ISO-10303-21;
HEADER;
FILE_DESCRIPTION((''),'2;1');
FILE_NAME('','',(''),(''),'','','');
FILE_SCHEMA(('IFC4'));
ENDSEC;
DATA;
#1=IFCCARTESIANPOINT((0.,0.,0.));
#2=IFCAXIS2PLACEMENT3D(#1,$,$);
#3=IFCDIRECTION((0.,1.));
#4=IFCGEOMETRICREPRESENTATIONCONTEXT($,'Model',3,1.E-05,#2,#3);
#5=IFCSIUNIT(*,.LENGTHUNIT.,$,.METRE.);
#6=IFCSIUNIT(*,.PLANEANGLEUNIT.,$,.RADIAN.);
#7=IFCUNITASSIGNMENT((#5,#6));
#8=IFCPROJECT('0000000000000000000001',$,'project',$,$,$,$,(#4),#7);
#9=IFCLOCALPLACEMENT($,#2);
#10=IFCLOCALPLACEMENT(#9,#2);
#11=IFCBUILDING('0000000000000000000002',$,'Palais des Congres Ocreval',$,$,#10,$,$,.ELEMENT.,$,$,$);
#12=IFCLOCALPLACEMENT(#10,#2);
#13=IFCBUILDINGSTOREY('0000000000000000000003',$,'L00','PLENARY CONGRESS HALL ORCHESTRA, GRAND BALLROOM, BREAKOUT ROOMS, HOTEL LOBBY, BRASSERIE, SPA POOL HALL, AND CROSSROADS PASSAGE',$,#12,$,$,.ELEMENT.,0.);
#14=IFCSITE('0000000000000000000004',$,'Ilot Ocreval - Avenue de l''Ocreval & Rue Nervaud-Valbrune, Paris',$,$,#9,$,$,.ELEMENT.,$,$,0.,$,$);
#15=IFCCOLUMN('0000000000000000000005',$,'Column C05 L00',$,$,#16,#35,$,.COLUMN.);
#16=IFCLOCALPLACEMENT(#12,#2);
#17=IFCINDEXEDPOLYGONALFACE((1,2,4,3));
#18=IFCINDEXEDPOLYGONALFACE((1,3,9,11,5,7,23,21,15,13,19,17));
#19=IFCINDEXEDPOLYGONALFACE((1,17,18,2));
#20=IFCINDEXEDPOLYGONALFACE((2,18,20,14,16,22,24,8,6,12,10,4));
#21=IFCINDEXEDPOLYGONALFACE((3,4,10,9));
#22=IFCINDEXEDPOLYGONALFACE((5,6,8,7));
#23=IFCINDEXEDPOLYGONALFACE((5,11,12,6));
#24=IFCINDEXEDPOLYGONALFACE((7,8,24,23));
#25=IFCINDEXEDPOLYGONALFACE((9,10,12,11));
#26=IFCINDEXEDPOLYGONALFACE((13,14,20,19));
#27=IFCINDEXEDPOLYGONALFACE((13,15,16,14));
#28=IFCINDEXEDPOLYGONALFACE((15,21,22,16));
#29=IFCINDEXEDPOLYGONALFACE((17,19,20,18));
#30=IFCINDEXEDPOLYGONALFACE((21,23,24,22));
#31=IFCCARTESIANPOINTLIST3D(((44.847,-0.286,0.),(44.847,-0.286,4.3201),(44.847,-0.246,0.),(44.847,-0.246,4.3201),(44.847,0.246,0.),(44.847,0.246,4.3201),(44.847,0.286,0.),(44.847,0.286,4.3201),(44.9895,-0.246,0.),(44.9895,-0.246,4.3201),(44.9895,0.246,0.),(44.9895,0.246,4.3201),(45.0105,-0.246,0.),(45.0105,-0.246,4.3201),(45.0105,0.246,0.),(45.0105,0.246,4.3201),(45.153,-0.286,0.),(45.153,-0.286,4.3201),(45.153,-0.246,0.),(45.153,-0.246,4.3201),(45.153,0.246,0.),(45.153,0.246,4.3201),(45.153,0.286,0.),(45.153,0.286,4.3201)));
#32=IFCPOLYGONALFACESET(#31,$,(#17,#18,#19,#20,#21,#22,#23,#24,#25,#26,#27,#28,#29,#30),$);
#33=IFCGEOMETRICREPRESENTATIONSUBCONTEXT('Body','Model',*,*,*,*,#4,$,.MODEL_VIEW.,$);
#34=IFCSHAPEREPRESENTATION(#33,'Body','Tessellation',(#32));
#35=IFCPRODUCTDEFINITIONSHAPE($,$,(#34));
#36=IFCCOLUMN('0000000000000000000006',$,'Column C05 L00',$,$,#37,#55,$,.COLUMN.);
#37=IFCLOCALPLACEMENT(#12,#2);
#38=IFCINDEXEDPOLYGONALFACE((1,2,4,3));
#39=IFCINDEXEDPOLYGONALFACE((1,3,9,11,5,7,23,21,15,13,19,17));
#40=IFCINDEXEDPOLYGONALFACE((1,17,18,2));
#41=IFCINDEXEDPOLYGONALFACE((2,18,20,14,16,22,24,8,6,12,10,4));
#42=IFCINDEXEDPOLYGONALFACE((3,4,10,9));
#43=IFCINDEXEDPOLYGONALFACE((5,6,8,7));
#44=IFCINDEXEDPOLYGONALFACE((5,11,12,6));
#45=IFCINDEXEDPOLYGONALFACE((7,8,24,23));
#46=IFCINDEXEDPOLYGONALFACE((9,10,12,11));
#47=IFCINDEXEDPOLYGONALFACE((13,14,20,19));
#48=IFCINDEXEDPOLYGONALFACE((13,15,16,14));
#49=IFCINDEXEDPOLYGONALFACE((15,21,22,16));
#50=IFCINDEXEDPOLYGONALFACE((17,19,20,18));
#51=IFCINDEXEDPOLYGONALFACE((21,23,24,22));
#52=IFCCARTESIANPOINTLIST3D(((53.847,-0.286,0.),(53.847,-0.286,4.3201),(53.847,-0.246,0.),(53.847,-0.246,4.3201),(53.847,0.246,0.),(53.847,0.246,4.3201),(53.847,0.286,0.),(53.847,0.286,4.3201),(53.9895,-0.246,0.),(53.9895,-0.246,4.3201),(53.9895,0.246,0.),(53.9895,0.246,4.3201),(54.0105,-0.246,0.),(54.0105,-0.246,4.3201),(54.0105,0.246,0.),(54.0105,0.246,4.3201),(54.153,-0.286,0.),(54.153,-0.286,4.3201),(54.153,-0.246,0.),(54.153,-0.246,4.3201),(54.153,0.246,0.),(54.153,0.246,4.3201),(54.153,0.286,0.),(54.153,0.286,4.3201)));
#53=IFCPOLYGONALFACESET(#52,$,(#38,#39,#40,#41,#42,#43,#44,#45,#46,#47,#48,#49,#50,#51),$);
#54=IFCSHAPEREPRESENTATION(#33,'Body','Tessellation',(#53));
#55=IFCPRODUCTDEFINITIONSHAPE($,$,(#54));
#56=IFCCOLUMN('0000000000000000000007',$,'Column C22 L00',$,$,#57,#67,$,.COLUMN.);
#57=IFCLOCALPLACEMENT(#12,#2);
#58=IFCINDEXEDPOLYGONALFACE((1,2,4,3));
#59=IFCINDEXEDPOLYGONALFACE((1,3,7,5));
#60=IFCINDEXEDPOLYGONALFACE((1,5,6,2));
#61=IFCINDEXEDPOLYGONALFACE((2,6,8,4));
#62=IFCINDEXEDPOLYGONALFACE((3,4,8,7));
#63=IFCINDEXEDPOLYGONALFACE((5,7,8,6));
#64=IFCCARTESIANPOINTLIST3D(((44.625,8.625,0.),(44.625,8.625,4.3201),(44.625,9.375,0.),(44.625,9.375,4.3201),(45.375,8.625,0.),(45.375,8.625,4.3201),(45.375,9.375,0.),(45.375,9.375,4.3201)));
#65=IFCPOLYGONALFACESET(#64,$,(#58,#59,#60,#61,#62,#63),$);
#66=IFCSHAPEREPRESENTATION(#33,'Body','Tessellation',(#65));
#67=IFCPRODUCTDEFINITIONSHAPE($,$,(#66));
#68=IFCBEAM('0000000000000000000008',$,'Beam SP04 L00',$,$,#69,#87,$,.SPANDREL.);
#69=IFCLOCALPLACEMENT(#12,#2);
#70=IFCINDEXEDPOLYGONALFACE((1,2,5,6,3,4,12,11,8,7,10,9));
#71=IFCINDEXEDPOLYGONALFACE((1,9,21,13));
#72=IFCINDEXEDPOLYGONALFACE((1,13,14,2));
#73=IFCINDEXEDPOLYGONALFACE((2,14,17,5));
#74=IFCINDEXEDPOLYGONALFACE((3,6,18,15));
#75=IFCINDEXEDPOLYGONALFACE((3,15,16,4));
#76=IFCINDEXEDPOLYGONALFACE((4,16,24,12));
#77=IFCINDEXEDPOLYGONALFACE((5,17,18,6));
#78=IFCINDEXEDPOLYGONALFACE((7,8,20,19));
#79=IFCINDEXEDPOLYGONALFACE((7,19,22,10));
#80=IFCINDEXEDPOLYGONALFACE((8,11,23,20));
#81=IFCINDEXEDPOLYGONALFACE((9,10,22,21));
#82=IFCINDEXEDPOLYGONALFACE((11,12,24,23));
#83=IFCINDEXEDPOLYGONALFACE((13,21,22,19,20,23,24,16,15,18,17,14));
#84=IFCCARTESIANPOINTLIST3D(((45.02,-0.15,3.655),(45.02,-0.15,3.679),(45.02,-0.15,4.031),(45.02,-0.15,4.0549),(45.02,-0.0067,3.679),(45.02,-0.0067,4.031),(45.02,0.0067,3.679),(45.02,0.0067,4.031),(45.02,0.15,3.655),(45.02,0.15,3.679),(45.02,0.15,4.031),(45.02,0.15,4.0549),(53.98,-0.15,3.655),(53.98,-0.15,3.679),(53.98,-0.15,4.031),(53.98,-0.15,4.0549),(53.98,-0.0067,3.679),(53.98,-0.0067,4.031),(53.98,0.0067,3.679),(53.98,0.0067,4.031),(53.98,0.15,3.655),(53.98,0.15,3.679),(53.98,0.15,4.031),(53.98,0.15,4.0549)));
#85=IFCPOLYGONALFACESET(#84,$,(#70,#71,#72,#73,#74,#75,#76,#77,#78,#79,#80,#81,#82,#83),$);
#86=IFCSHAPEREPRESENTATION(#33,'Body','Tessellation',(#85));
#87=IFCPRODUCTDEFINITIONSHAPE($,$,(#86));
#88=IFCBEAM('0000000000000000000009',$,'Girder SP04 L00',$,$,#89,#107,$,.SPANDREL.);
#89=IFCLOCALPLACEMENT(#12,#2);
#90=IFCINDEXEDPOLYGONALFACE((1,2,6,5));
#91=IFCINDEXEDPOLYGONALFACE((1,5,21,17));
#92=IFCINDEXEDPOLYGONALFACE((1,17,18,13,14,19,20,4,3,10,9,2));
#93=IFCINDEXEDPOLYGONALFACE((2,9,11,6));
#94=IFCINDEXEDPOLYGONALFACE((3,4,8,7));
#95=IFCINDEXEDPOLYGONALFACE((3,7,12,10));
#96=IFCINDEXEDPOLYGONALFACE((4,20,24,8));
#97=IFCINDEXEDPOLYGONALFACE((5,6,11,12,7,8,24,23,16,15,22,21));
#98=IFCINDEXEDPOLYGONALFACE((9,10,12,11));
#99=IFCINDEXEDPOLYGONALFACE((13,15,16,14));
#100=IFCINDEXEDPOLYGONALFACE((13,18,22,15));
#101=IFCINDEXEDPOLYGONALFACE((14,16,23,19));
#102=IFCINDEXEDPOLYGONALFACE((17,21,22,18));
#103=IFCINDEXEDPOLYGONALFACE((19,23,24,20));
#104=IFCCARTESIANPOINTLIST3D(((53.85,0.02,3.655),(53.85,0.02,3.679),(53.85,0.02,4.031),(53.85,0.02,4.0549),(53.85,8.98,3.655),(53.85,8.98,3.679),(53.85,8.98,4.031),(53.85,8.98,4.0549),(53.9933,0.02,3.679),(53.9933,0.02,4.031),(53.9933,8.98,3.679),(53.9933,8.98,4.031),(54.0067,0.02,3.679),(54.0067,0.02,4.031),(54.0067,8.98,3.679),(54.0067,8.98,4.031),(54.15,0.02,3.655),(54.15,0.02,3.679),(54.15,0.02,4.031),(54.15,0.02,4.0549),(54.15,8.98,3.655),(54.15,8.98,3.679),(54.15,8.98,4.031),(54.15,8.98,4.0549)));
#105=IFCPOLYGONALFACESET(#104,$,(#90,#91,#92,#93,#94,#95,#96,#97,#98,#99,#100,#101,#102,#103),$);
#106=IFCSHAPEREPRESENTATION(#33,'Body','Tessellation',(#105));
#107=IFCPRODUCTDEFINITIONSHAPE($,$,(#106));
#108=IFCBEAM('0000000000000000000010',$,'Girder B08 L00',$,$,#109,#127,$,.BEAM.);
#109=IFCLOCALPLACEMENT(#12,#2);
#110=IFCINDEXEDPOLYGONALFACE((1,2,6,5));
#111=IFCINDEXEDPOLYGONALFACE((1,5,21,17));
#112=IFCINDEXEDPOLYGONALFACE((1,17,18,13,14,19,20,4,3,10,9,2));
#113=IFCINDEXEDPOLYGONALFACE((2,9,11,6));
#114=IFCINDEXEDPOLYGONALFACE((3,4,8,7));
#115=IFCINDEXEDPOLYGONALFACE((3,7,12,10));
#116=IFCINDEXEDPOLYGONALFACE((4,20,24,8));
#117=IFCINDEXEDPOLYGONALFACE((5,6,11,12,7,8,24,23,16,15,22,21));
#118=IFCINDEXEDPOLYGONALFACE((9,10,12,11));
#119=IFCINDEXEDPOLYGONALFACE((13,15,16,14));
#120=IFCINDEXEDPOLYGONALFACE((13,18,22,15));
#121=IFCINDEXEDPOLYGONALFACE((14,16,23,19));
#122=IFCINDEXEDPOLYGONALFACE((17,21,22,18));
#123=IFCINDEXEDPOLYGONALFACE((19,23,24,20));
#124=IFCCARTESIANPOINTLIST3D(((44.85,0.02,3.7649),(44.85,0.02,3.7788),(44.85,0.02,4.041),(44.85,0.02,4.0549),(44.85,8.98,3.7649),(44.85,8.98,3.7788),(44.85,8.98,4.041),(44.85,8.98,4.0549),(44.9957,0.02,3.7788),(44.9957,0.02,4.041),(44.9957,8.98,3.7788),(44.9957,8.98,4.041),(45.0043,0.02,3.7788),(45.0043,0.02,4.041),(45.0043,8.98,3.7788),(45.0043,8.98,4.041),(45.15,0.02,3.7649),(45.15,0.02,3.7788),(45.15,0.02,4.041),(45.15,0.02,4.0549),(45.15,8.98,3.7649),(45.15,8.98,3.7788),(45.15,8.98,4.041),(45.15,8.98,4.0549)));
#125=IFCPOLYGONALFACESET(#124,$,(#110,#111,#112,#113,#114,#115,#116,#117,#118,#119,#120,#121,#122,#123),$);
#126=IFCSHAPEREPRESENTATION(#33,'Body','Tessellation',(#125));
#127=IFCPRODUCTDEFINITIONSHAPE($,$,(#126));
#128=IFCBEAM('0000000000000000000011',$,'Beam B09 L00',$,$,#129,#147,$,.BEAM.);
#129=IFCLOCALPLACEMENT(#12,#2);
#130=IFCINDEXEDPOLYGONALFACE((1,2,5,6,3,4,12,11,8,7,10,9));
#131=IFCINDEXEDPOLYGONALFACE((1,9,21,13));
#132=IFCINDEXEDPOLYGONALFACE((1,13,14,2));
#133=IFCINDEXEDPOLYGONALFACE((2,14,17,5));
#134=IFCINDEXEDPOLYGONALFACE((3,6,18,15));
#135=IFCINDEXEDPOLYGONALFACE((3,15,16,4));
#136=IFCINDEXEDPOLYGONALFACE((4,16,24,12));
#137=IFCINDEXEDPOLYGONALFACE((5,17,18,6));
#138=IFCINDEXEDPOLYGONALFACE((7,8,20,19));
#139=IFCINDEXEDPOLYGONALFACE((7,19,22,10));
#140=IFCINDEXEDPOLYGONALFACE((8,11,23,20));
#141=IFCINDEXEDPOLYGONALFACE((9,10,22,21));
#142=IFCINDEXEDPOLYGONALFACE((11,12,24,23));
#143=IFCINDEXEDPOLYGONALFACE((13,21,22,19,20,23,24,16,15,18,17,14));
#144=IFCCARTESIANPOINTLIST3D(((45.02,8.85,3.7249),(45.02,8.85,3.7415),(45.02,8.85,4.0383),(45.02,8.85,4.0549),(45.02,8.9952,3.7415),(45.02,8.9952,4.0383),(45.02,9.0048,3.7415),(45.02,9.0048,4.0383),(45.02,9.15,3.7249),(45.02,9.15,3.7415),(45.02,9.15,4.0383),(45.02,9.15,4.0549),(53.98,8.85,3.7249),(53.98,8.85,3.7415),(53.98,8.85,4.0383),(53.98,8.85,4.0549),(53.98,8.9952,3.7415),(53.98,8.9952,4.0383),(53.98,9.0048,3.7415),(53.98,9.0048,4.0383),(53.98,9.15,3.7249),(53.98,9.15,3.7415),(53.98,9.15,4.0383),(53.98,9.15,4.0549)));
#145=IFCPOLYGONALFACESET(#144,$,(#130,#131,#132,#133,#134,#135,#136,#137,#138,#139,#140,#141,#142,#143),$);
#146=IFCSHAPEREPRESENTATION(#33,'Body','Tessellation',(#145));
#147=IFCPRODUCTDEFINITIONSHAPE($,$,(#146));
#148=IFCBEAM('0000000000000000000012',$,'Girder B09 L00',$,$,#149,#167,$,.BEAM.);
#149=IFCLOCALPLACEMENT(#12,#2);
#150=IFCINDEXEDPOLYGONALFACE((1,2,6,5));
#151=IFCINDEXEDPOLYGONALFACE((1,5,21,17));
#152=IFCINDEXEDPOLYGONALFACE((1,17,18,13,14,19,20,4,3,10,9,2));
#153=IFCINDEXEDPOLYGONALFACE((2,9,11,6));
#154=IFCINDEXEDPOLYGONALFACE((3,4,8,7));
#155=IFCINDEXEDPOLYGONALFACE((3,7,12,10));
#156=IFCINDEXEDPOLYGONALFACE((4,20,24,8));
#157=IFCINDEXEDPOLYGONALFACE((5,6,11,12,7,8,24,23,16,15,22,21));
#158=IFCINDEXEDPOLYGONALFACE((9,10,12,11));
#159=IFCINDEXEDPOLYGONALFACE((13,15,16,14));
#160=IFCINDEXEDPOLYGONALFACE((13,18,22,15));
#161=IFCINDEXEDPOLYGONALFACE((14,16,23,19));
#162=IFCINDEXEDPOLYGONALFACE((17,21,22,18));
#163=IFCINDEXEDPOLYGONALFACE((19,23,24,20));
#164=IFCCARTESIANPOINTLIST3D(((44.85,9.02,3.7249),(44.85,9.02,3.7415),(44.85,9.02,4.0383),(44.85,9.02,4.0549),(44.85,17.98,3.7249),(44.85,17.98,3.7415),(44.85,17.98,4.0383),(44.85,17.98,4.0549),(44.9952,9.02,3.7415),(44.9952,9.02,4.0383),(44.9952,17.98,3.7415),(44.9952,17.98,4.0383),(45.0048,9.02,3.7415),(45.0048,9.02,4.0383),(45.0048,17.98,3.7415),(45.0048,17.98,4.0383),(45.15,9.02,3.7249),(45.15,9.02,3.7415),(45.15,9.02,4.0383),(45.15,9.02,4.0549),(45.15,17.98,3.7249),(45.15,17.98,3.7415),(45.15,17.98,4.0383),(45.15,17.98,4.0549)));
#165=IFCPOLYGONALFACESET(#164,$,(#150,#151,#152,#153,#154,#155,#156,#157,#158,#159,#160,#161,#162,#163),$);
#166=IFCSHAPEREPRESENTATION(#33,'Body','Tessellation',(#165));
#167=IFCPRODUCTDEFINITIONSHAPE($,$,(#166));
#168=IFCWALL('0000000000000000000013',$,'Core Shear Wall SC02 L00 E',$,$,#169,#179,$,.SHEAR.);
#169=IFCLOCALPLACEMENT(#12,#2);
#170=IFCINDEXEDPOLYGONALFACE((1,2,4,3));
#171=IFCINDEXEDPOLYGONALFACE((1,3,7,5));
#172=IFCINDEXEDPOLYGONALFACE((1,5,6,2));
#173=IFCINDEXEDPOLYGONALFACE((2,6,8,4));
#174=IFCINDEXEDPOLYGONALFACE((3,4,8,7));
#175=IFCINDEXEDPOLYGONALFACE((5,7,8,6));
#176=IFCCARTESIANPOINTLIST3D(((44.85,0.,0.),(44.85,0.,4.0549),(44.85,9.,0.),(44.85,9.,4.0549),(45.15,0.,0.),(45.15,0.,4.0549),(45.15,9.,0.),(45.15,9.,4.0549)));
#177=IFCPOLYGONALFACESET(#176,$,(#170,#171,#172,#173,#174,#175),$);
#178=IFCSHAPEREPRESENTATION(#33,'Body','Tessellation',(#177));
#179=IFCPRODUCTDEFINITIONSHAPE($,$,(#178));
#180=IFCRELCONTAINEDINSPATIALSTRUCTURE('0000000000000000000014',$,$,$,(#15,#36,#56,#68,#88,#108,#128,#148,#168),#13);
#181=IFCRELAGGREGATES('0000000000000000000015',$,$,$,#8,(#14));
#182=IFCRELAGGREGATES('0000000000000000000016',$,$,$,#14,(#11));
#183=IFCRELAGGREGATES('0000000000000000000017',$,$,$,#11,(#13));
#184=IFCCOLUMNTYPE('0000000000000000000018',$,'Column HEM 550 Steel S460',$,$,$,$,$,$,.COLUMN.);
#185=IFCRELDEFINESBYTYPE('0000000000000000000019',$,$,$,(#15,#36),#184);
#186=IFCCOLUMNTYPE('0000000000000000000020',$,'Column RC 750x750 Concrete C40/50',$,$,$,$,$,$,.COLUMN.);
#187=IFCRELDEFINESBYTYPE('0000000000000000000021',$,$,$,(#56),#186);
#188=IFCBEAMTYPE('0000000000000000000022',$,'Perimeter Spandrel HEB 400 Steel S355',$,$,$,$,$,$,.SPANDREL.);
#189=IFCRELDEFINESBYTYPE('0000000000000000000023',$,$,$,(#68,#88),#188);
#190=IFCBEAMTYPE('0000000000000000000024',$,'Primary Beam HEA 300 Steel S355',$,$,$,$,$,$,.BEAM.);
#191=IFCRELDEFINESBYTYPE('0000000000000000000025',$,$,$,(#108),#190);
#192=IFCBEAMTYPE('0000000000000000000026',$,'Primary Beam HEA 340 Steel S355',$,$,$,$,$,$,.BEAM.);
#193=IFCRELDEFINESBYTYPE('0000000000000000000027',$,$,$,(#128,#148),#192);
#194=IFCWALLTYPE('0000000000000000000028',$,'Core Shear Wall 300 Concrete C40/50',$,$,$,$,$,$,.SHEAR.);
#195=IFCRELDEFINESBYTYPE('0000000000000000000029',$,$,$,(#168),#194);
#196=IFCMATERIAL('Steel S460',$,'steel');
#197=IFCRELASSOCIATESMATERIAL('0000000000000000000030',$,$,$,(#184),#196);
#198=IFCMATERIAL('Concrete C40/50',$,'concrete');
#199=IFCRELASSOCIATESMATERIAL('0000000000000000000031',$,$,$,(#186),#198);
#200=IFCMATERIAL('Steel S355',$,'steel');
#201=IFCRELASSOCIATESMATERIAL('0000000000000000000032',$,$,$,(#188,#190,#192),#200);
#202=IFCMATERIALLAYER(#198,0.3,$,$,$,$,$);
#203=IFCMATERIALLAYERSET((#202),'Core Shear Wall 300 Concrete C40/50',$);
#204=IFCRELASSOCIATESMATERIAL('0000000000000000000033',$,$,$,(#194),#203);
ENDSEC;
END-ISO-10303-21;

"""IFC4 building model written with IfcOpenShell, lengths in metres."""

from ifc_helpers import new_model, si_unit, direction, frame, frame_2d, origin, origin_2d, place, context, subcontext, project, spatial, rectangle, i_section, extrude, material, layer, layer_set, material_profile, profile_set, type_object, element, save


model = new_model("IFC4")

# Units and contexts
model_context = context("Model", 3, precision=1e-05, world=origin(), true_north=direction((0.0, 1.0)))
body_context = subcontext(model_context, "Body", "Model", "MODEL_VIEW")
ifc_project = project(units=[si_unit("LENGTHUNIT", "METRE"), si_unit("PLANEANGLEUNIT", "RADIAN")], contexts=[model_context])

# Site, building, storey
site_placement = place(None, origin())
site = spatial("IfcSite", under=ifc_project, at=site_placement, Name="Ilot Ocreval - Avenue de l'Ocreval & Rue Nervaud-Valbrune, Paris", CompositionType="ELEMENT", RefElevation=0.0)
building_placement = place(site_placement, origin())
building = spatial("IfcBuilding", under=site, at=building_placement, Name="Palais des Congres Ocreval", CompositionType="ELEMENT")
storey_placement = place(building_placement, origin())
storey = spatial("IfcBuildingStorey", under=building, at=storey_placement, Name="L00", Description="PLENARY CONGRESS HALL ORCHESTRA, GRAND BALLROOM, BREAKOUT ROOMS, HOTEL LOBBY, BRASSERIE, SPA POOL HALL, AND CROSSROADS PASSAGE", CompositionType="ELEMENT", Elevation=0.0)

# Columns
ifc_material_1 = material(Name="Steel S460", Category="steel")
ifc_material_profile_1 = material_profile(ifc_material_1, i_section(OverallWidth=0.3059, OverallDepth=0.572, WebThickness=0.021, FlangeThickness=0.04, at=origin_2d()), Name="HEM 550")
ifc_profile_set_1 = profile_set([ifc_material_profile_1], Name="Steel S460")
column_type_1 = type_object("IfcColumnType", Name="Column HEM 550 Steel S460", PredefinedType="COLUMN", material=ifc_profile_set_1)
for number, where, z_axis, x_axis, name in (
    (1, (45.0, 0.0, 0.0), (0.0, 0.0, 1.0), (1.0, 0.0, 0.0), "Column C05 L00"),
    (2, (54.0, 0.0, 0.0), (0.0, 0.0, 1.0), (1.0, 0.0, 0.0), "Column C05 L00"),
):
    element("IfcColumn", number, at=place(storey_placement, frame(where, z_axis=z_axis, x_axis=x_axis)), inside=storey, type_object=column_type_1, Name=name, PredefinedType="COLUMN", context=body_context, shape_type="SweptSolid", body=[
        extrude(i_section(OverallWidth=0.3059, OverallDepth=0.572, WebThickness=0.021, FlangeThickness=0.04, at=origin_2d()), origin(), (0.0, 0.0, 1.0), 4.3201),
    ])
ifc_material_2 = material(Name="Concrete C40/50", Category="concrete")
ifc_material_profile_2 = material_profile(ifc_material_2, rectangle(XDim=0.75, YDim=0.75, at=origin_2d()), Name="RC 750x750")
ifc_profile_set_2 = profile_set([ifc_material_profile_2], Name="Concrete C40/50")
column_type_2 = type_object("IfcColumnType", Name="Column RC 750x750 Concrete C40/50", PredefinedType="COLUMN", material=ifc_profile_set_2)
column_placement = place(storey_placement, frame((45.0, 9.0, 0.0), z_axis=(0.0, 0.0, 1.0), x_axis=(1.0, 0.0, 0.0)))
element("IfcColumn", 3, at=column_placement, inside=storey, type_object=column_type_2, Name="Column C22 L00", PredefinedType="COLUMN", context=body_context, shape_type="SweptSolid", body=[
    extrude(rectangle(XDim=0.75, YDim=0.75, at=origin_2d()), origin(), (0.0, 0.0, 1.0), 4.3201),
])

# Beams
ifc_material_3 = material(Name="Steel S355", Category="steel")
ifc_material_profile_3 = material_profile(ifc_material_3, i_section(OverallWidth=0.3, OverallDepth=0.3999, WebThickness=0.0134, FlangeThickness=0.0239, at=origin_2d()), Name="HEB 400")
ifc_profile_set_3 = profile_set([ifc_material_profile_3], Name="Steel S355")
beam_type_1 = type_object("IfcBeamType", Name="Perimeter Spandrel HEB 400 Steel S355", PredefinedType="SPANDREL", material=ifc_profile_set_3)
for number, where, z_axis, x_axis, name in (
    (4, (45.02, 0.0, 3.855), (1.0, 0.0, 0.0), (0.0, 1.0, 0.0), "Beam SP04 L00"),
    (5, (54.0, 0.02, 3.855), (0.0, 1.0, 0.0), (-1.0, 0.0, 0.0), "Girder SP04 L00"),
):
    element("IfcBeam", number, at=place(storey_placement, frame(where, z_axis=z_axis, x_axis=x_axis)), inside=storey, type_object=beam_type_1, Name=name, PredefinedType="SPANDREL", context=body_context, shape_type="SweptSolid", body=[
        extrude(i_section(OverallWidth=0.3, OverallDepth=0.3999, WebThickness=0.0134, FlangeThickness=0.0239, at=origin_2d()), origin(), (0.0, 0.0, 1.0), 8.96),
    ])
ifc_material_profile_4 = material_profile(ifc_material_3, i_section(OverallWidth=0.3, OverallDepth=0.29, WebThickness=0.0085, FlangeThickness=0.0139, at=origin_2d()), Name="HEA 300")
ifc_profile_set_4 = profile_set([ifc_material_profile_4], Name="Steel S355")
beam_type_2 = type_object("IfcBeamType", Name="Primary Beam HEA 300 Steel S355", PredefinedType="BEAM", material=ifc_profile_set_4)
beam_placement = place(storey_placement, frame((45.0, 0.02, 3.9099), z_axis=(0.0, 1.0, 0.0), x_axis=(-1.0, 0.0, 0.0)))
element("IfcBeam", 6, at=beam_placement, inside=storey, type_object=beam_type_2, Name="Girder B08 L00", PredefinedType="BEAM", context=body_context, shape_type="SweptSolid", body=[
    extrude(i_section(OverallWidth=0.3, OverallDepth=0.29, WebThickness=0.0085, FlangeThickness=0.0139, at=origin_2d()), origin(), (0.0, 0.0, 1.0), 8.96),
])
ifc_material_profile_5 = material_profile(ifc_material_3, i_section(OverallWidth=0.3, OverallDepth=0.3301, WebThickness=0.0095, FlangeThickness=0.0166, at=origin_2d()), Name="HEA 340")
ifc_profile_set_5 = profile_set([ifc_material_profile_5], Name="Steel S355")
beam_type_3 = type_object("IfcBeamType", Name="Primary Beam HEA 340 Steel S355", PredefinedType="BEAM", material=ifc_profile_set_5)
for number, where, z_axis, x_axis, name in (
    (7, (45.02, 9.0, 3.8899), (1.0, 0.0, 0.0), (0.0, 1.0, 0.0), "Beam B09 L00"),
    (8, (45.0, 9.02, 3.8899), (0.0, 1.0, 0.0), (-1.0, 0.0, 0.0), "Girder B09 L00"),
):
    element("IfcBeam", number, at=place(storey_placement, frame(where, z_axis=z_axis, x_axis=x_axis)), inside=storey, type_object=beam_type_3, Name=name, PredefinedType="BEAM", context=body_context, shape_type="SweptSolid", body=[
        extrude(i_section(OverallWidth=0.3, OverallDepth=0.3301, WebThickness=0.0095, FlangeThickness=0.0166, at=origin_2d()), origin(), (0.0, 0.0, 1.0), 8.96),
    ])

# Wall
ifc_layer_1 = layer(ifc_material_2, 0.3)
ifc_layer_set_1 = layer_set([ifc_layer_1], Name="Core Shear Wall 300 Concrete C40/50")
wall_type_1 = type_object("IfcWallType", Name="Core Shear Wall 300 Concrete C40/50", PredefinedType="SHEAR", material=ifc_layer_set_1)
wall_1_placement = place(storey_placement, frame((45.0, 0.0, 0.0), z_axis=(0.0, 0.0, 1.0), x_axis=(0.0, 1.0, 0.0)))
element("IfcWall", 9, at=wall_1_placement, inside=storey, type_object=wall_type_1, Name="Core Shear Wall SC02 L00 E", PredefinedType="SHEAR", context=body_context, shape_type="SweptSolid", body=[
    extrude(rectangle(XDim=9.0, YDim=0.3, at=frame_2d((4.5, 0.0))), origin(), (0.0, 0.0, 1.0), 4.0549),
])

save(model, "model.ifc")
